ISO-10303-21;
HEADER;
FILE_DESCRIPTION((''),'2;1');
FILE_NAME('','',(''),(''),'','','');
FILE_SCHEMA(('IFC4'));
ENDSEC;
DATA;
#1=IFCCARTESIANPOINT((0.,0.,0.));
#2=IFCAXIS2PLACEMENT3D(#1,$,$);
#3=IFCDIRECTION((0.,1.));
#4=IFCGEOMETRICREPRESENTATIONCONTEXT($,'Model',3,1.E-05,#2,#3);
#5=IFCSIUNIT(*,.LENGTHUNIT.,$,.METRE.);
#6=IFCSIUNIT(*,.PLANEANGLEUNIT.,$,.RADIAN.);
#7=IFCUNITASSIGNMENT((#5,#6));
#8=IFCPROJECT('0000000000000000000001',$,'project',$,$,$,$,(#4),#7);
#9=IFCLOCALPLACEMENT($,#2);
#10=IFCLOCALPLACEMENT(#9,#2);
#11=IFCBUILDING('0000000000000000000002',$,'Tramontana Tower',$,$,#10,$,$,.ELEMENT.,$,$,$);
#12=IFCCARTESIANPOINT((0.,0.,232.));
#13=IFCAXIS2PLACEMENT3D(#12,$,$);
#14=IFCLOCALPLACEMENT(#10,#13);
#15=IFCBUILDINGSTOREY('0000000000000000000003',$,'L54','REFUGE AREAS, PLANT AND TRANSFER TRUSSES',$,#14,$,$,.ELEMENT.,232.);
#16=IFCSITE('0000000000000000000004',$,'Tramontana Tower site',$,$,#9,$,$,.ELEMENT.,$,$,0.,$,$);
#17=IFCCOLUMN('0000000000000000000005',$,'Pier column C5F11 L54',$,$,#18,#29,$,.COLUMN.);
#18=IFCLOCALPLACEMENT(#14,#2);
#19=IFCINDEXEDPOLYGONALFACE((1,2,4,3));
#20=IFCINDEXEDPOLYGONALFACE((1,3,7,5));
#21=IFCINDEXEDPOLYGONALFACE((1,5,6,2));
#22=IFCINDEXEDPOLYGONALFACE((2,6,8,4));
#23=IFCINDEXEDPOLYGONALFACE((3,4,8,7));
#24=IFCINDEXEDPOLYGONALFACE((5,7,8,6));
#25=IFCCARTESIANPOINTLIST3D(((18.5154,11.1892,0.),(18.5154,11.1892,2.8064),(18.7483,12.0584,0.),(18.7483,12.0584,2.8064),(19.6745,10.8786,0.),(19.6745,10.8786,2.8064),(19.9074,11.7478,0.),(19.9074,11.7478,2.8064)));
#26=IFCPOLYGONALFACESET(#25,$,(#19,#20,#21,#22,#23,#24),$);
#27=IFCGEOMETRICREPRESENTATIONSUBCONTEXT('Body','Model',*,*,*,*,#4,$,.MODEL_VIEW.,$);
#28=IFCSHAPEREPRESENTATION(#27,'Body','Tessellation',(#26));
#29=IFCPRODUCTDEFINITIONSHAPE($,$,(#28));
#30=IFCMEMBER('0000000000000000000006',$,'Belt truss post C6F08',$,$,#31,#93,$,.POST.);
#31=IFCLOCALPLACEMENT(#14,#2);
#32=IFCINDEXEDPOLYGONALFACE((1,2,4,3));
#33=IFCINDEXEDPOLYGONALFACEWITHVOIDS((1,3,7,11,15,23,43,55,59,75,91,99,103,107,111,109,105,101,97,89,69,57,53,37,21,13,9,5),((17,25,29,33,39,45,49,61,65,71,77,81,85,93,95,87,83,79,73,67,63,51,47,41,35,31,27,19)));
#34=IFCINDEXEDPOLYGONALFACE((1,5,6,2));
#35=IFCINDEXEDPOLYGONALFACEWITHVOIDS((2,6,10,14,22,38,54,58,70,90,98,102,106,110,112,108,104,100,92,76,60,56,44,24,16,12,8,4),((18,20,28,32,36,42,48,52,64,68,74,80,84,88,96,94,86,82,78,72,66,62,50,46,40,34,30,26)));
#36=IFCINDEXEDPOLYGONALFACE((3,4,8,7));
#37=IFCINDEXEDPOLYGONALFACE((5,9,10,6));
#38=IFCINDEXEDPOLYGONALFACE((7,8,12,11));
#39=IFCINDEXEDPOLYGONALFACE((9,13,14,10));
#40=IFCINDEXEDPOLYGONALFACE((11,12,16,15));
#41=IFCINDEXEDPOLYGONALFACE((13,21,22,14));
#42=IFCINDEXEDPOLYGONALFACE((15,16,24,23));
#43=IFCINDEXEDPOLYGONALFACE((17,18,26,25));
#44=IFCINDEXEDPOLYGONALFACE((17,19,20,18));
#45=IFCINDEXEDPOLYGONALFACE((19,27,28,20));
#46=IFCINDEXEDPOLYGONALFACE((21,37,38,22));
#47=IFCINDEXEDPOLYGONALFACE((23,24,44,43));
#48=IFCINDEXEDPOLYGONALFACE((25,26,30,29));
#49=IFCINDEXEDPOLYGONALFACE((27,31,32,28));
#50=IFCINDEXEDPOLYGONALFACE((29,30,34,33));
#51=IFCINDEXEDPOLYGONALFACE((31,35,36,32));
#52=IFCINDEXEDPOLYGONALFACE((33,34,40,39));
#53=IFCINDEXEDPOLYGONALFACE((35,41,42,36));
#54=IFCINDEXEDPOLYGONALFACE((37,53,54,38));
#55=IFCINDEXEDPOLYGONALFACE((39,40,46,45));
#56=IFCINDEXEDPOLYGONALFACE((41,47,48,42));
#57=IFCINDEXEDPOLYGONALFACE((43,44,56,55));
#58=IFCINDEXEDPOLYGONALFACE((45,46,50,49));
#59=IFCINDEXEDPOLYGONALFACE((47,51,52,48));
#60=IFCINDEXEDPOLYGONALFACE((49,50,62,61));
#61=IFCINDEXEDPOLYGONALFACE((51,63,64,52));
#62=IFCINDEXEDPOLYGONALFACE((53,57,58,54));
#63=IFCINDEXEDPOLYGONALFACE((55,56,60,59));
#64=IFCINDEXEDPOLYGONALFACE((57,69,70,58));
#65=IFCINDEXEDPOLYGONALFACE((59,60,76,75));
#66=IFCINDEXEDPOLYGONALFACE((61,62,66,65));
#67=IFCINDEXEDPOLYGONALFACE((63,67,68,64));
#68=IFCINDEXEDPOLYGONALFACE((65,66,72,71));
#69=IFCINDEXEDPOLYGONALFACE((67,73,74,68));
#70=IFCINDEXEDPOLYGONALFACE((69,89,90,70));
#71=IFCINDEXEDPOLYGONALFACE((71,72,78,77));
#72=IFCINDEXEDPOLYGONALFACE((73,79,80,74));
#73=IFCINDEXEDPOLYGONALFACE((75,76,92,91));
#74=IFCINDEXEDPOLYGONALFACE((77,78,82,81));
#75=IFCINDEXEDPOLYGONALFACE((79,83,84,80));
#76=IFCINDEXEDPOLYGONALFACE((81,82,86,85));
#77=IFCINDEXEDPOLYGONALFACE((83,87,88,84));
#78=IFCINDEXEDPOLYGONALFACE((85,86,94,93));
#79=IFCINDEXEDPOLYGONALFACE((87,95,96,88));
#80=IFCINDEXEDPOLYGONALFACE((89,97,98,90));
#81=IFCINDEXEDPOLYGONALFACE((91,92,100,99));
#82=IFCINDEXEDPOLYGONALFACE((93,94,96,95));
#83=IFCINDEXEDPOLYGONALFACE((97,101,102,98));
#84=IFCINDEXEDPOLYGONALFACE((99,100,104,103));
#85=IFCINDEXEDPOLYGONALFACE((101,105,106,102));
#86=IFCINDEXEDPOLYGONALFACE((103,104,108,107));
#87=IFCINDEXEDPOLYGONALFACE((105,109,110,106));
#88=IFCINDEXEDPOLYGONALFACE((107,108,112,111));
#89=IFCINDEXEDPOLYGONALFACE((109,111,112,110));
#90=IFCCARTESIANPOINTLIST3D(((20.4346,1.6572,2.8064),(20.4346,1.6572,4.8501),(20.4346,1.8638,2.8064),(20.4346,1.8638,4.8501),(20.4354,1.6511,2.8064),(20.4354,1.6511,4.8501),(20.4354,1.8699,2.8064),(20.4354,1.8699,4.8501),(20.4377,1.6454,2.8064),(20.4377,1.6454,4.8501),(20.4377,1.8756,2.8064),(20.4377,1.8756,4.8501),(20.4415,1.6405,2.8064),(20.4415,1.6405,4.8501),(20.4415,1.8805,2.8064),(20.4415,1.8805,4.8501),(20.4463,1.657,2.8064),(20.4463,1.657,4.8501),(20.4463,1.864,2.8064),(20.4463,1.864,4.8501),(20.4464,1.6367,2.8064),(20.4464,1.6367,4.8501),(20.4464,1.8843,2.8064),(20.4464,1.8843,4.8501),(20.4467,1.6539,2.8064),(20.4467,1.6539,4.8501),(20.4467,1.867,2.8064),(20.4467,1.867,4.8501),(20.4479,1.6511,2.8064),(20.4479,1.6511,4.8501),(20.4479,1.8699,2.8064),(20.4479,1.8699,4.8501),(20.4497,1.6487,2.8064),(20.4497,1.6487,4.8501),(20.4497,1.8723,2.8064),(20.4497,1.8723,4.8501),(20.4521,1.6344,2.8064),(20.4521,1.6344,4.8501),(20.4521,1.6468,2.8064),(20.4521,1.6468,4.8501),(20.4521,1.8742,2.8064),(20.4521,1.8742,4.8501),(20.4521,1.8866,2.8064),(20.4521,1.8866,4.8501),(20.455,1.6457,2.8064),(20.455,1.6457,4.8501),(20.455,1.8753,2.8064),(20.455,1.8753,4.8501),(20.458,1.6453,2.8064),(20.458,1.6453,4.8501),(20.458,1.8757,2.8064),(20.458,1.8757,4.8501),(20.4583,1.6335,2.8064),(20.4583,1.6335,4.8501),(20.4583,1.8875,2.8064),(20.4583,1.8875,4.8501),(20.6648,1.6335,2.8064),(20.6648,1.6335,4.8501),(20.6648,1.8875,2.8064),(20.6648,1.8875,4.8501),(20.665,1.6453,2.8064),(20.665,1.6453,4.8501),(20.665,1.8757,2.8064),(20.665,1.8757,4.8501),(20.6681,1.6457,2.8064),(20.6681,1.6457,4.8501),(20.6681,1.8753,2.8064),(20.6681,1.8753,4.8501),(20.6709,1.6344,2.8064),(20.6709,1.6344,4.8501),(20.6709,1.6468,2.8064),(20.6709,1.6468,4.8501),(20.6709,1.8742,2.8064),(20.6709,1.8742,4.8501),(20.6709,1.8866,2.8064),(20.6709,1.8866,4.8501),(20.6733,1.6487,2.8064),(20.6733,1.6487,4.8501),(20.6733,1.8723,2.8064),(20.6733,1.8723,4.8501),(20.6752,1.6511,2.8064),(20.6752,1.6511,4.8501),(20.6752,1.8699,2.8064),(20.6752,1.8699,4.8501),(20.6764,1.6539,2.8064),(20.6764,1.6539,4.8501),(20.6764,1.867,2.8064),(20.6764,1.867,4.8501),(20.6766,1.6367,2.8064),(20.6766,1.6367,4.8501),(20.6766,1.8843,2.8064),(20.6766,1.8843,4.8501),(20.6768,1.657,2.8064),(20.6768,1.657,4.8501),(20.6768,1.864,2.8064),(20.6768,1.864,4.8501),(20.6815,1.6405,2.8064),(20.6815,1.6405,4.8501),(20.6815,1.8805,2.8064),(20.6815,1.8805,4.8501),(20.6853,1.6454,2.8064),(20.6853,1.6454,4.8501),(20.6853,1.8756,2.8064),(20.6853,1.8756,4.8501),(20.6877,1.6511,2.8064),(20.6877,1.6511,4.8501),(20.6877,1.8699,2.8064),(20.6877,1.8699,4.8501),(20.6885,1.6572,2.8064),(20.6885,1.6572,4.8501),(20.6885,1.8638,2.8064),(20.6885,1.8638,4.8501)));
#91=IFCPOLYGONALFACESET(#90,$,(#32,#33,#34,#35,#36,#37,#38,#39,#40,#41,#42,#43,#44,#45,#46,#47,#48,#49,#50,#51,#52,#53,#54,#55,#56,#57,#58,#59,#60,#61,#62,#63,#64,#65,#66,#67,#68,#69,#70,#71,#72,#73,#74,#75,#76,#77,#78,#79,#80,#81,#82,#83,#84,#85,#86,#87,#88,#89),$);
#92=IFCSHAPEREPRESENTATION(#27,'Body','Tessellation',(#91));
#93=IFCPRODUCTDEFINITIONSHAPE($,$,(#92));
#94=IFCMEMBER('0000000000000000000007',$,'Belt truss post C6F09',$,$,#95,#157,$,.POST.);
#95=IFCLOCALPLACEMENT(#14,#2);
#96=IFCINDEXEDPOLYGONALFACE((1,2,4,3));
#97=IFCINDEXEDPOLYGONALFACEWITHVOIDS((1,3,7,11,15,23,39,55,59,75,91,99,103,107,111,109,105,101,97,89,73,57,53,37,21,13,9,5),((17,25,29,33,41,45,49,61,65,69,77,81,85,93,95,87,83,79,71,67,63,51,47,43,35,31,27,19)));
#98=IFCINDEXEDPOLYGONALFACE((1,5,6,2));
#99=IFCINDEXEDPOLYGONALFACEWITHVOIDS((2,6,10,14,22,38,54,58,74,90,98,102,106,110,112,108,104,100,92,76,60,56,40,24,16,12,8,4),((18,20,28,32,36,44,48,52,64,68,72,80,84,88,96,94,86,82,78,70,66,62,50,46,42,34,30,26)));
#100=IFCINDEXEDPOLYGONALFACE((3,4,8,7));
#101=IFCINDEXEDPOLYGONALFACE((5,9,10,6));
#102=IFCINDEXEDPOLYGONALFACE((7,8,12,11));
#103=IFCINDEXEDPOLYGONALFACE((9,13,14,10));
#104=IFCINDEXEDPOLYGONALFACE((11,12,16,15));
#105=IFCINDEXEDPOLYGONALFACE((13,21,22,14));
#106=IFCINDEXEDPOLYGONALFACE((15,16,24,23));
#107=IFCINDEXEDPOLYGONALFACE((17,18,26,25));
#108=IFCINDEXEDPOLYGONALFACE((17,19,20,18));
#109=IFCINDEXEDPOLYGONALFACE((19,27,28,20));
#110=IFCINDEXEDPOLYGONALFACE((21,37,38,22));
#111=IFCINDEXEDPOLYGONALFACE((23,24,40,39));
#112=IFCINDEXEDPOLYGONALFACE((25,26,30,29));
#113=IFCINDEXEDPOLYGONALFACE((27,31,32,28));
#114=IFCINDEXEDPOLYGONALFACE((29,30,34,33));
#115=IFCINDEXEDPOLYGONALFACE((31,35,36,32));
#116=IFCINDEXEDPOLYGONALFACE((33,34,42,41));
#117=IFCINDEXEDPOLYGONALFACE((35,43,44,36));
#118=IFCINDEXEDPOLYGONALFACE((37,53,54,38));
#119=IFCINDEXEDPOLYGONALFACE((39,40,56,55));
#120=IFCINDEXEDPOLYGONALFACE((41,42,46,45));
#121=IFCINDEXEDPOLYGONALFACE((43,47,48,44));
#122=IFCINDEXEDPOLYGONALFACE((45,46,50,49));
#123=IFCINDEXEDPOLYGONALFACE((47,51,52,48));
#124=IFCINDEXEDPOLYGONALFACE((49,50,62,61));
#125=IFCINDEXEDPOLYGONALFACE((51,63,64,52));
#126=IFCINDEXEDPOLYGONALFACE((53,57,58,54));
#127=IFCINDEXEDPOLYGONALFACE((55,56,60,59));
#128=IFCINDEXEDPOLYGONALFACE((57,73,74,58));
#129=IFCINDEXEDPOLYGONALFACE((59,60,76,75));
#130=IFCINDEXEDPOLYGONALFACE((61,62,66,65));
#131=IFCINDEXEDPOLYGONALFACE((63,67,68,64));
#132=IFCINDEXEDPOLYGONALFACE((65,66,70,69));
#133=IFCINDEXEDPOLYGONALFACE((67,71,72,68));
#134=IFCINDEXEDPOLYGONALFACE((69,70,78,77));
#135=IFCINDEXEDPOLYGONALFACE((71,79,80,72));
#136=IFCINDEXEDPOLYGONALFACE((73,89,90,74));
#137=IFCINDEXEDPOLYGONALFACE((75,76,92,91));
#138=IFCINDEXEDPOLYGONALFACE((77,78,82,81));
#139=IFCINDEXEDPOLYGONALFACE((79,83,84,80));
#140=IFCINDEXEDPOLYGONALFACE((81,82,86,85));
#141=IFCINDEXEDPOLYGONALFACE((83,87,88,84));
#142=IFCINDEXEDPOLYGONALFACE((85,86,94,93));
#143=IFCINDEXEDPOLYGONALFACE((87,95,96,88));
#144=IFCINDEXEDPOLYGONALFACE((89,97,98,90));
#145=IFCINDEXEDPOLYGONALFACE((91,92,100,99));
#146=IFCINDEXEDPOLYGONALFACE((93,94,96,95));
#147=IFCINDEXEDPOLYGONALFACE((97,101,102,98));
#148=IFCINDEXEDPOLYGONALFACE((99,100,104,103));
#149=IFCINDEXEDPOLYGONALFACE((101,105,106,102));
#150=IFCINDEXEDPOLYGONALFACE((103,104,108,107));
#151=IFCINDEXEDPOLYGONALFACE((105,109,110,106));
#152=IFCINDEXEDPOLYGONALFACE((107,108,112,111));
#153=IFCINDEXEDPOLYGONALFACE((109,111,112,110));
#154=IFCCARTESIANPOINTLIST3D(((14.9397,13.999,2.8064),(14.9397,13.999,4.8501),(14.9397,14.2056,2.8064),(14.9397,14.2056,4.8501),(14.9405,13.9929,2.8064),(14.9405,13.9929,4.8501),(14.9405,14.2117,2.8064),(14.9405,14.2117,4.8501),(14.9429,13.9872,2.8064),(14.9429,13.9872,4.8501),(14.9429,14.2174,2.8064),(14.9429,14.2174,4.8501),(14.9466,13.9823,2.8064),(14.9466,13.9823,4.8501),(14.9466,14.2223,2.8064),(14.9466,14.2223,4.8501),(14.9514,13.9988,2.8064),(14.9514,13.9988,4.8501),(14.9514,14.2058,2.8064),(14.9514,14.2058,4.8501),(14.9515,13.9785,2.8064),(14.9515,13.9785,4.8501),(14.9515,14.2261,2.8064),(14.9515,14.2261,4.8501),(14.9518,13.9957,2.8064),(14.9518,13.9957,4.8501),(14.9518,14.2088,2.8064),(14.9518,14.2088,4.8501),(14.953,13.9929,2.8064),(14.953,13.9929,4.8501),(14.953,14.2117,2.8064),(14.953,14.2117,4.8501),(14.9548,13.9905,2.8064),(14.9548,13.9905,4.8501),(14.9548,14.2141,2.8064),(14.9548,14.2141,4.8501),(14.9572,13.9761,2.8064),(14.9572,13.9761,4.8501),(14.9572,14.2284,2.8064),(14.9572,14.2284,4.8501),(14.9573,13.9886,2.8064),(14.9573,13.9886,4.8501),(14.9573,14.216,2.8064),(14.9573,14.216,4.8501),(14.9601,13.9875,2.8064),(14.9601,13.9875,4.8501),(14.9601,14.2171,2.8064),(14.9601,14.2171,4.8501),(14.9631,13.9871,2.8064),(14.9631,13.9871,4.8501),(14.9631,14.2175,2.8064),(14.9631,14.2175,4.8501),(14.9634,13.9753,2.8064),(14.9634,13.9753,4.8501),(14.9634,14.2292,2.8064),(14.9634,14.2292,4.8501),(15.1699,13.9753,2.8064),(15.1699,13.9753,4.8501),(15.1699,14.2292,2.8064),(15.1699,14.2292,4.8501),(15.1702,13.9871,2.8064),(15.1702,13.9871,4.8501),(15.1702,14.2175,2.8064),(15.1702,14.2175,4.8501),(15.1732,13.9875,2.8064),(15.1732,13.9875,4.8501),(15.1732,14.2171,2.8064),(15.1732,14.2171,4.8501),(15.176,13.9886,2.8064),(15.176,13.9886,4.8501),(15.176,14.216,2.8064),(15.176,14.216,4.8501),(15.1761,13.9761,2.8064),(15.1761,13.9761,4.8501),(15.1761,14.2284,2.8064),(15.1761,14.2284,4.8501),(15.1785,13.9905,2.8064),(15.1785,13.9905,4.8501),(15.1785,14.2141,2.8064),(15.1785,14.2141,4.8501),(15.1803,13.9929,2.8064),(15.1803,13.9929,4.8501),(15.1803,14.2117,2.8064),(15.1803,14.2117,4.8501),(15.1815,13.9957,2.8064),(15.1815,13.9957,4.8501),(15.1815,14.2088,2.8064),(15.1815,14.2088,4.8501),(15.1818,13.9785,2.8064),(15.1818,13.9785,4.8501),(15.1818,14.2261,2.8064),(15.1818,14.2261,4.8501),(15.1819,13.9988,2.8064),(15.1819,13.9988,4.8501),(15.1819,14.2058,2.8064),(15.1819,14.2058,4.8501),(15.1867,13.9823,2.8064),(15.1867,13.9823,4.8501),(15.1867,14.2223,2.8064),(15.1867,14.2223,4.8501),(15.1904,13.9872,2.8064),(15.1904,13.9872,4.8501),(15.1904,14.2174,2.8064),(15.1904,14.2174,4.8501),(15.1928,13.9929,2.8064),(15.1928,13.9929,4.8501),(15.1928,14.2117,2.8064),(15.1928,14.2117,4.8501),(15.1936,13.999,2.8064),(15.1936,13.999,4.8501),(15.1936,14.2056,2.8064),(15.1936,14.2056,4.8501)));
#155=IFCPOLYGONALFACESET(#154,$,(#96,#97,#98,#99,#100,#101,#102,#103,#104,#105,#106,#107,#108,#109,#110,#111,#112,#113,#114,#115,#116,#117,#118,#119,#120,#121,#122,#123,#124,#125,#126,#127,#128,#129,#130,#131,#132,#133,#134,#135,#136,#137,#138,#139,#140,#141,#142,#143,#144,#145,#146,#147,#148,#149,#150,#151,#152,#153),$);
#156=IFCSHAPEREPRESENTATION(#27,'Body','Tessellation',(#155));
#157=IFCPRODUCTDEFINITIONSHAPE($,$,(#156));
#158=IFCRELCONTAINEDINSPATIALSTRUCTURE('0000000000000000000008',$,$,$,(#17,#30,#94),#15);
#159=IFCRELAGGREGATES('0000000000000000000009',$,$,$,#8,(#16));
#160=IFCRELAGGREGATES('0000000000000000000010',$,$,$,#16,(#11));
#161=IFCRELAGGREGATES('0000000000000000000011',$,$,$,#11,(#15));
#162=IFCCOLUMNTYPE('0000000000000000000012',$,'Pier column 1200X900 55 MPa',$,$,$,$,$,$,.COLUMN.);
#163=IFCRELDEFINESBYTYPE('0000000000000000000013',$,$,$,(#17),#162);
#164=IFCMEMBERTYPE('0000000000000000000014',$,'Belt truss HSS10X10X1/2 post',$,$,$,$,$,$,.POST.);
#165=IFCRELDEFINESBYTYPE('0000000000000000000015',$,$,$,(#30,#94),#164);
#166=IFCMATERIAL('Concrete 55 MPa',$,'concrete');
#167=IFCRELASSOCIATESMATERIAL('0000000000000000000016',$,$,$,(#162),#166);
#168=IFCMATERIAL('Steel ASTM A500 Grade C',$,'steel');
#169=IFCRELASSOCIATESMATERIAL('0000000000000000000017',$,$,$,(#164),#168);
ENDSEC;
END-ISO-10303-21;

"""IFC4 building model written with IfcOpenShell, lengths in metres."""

from ifc_helpers import new_model, si_unit, direction, frame, origin, origin_2d, place, context, subcontext, project, spatial, rectangle, hollow_rectangle, extrude, material, material_profile, profile_set, type_object, element, save


model = new_model("IFC4")

# Units and contexts
model_context = context("Model", 3, precision=1e-05, world=origin(), true_north=direction((0.0, 1.0)))
body_context = subcontext(model_context, "Body", "Model", "MODEL_VIEW")
ifc_project = project(units=[si_unit("LENGTHUNIT", "METRE"), si_unit("PLANEANGLEUNIT", "RADIAN")], contexts=[model_context])

# Site, building, storey
site_placement = place(None, origin())
site = spatial("IfcSite", under=ifc_project, at=site_placement, Name="Tramontana Tower site", CompositionType="ELEMENT", RefElevation=0.0)
building_placement = place(site_placement, origin())
building = spatial("IfcBuilding", under=site, at=building_placement, Name="Tramontana Tower", CompositionType="ELEMENT")
storey_placement = place(building_placement, frame((0.0, 0.0, 232.0)))
storey = spatial("IfcBuildingStorey", under=building, at=storey_placement, Name="L54", Description="REFUGE AREAS, PLANT AND TRANSFER TRUSSES", CompositionType="ELEMENT", Elevation=232.0)

# Column
ifc_material_1 = material(Name="Concrete 55 MPa", Category="concrete")
ifc_material_profile_1 = material_profile(ifc_material_1, rectangle(XDim=1.2, YDim=0.8999, at=origin_2d()), Name="Pier column 1200X900 55 MPa")
ifc_profile_set_1 = profile_set([ifc_material_profile_1], Name="Concrete 55 MPa")
column_type = type_object("IfcColumnType", Name="Pier column 1200X900 55 MPa", PredefinedType="COLUMN", material=ifc_profile_set_1)
column_placement = place(storey_placement, frame((19.2114, 11.4685, 0.0), z_axis=(0.0, 0.0, 1.0), x_axis=(-0.965926, 0.258819, 0.0)))
element("IfcColumn", 1, at=column_placement, inside=storey, type_object=column_type, Name="Pier column C5F11 L54", PredefinedType="COLUMN", context=body_context, shape_type="SweptSolid", body=[
    extrude(rectangle(XDim=1.2, YDim=0.8999, at=origin_2d()), origin(), (0.0, 0.0, 1.0), 2.8064),
])

# Members
ifc_material_2 = material(Name="Steel ASTM A500 Grade C", Category="steel")
ifc_material_profile_2 = material_profile(ifc_material_2, hollow_rectangle(XDim=0.2539, YDim=0.2539, WallThickness=0.0117, InnerFilletRadius=0.0117, OuterFilletRadius=0.0237, at=origin_2d()), Name="HSS10X10X1/2")
ifc_profile_set_2 = profile_set([ifc_material_profile_2], Name="Steel ASTM A500 Grade C")
member_type_1 = type_object("IfcMemberType", Name="Belt truss HSS10X10X1/2 post", PredefinedType="POST", material=ifc_profile_set_2)
for number, where, z_axis, x_axis, name in (
    (2, (20.5615, 1.7605, 2.8064), (0.0, 0.0, 1.0), (1.0, 0.0, 0.0), "Belt truss post C6F08"),
    (3, (15.0667, 14.1023, 2.8064), (0.0, 0.0, 1.0), (1.0, 0.0, 0.0), "Belt truss post C6F09"),
):
    element("IfcMember", number, at=place(storey_placement, frame(where, z_axis=z_axis, x_axis=x_axis)), inside=storey, type_object=member_type_1, Name=name, PredefinedType="POST", context=body_context, shape_type="SweptSolid", body=[
        extrude(hollow_rectangle(XDim=0.2539, YDim=0.2539, WallThickness=0.0117, InnerFilletRadius=0.0117, OuterFilletRadius=0.0237, at=origin_2d()), origin(), (0.0, 0.0, 1.0), 2.0437),
    ])

save(model, "model.ifc")
